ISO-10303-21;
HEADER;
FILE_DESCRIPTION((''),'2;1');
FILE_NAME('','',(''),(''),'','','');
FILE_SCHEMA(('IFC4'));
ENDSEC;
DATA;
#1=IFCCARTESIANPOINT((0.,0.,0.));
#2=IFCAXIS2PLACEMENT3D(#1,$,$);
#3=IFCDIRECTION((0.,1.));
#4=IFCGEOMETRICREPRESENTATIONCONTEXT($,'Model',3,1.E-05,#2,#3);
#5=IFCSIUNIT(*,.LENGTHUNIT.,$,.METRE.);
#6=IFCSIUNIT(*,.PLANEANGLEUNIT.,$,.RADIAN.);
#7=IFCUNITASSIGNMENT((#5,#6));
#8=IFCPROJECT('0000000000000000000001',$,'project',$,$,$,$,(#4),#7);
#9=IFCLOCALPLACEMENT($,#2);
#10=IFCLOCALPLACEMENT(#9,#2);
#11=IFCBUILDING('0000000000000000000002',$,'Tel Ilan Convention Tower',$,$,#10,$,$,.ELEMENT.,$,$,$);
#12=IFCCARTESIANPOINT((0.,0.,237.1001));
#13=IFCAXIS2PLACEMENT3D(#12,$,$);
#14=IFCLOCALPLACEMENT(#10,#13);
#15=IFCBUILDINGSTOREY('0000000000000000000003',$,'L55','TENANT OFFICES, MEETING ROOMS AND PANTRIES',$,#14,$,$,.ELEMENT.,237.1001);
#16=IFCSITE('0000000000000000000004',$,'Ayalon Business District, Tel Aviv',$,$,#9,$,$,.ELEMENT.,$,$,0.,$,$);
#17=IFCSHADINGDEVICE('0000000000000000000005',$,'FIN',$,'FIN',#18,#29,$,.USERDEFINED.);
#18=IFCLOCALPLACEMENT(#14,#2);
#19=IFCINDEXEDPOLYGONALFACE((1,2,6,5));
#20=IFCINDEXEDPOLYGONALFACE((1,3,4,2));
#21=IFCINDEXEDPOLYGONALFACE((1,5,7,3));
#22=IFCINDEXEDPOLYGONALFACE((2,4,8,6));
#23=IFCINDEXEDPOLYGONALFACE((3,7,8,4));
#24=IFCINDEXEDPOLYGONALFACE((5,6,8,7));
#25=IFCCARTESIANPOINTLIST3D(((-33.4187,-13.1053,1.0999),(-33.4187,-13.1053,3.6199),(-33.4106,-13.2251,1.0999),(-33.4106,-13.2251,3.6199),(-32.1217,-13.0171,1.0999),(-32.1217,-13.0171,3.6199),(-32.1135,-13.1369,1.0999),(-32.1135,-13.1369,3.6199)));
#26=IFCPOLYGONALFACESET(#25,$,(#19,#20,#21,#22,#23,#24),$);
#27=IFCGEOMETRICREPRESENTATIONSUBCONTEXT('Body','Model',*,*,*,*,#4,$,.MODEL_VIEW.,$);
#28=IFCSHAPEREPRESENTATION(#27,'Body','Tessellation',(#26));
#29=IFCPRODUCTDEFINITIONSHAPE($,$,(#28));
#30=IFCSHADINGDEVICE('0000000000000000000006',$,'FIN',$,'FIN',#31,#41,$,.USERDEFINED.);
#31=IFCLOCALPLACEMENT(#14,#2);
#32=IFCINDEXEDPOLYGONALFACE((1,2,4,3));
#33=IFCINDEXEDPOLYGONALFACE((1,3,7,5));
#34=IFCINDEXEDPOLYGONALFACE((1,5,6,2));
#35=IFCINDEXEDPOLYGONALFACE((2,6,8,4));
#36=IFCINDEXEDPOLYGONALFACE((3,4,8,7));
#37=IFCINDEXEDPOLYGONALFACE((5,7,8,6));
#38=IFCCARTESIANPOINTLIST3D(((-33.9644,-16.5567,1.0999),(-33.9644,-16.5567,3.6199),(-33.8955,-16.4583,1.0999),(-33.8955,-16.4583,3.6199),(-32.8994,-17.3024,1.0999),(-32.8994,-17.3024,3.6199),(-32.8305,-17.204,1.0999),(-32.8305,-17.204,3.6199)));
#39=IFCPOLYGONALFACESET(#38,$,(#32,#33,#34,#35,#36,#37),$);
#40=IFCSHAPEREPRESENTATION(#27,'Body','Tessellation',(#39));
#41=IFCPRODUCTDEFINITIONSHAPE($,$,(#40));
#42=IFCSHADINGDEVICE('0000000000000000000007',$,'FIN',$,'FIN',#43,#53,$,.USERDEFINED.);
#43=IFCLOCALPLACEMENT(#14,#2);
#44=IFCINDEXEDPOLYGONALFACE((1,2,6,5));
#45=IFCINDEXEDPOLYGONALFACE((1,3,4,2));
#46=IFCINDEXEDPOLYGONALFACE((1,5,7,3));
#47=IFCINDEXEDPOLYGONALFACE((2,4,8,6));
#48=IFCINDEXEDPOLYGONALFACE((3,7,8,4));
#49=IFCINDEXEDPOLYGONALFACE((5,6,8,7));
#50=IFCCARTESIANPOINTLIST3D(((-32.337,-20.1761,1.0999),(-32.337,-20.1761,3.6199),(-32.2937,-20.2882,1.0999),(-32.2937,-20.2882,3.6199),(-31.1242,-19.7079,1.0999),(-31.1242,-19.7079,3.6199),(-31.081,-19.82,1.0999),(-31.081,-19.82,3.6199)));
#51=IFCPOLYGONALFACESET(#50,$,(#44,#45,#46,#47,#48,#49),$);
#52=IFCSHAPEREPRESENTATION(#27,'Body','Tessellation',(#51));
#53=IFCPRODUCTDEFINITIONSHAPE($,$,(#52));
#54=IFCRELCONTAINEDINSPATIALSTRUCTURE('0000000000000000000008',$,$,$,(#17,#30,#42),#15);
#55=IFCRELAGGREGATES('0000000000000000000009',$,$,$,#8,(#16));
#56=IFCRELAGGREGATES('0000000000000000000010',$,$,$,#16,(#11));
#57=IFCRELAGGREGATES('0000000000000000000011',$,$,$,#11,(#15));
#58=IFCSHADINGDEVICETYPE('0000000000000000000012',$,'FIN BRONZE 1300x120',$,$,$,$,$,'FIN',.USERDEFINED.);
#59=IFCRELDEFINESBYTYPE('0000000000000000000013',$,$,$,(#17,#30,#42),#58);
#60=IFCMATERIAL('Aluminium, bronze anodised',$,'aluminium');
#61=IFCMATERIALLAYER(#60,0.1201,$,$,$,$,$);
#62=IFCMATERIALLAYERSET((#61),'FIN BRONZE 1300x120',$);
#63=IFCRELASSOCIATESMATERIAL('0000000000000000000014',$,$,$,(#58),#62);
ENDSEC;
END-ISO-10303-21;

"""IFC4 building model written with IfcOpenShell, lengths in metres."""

from ifc_helpers import new_model, si_unit, direction, frame, origin, origin_2d, place, context, subcontext, project, spatial, rectangle, extrude, material, layer, layer_set, type_object, element, save


model = new_model("IFC4")

# Units and contexts
model_context = context("Model", 3, precision=1e-05, world=origin(), true_north=direction((0.0, 1.0)))
body_context = subcontext(model_context, "Body", "Model", "MODEL_VIEW")
ifc_project = project(units=[si_unit("LENGTHUNIT", "METRE"), si_unit("PLANEANGLEUNIT", "RADIAN")], contexts=[model_context])

# Site, building, storey
site_placement = place(None, origin())
site = spatial("IfcSite", under=ifc_project, at=site_placement, Name="Ayalon Business District, Tel Aviv", CompositionType="ELEMENT", RefElevation=0.0)
building_placement = place(site_placement, origin())
building = spatial("IfcBuilding", under=site, at=building_placement, Name="Tel Ilan Convention Tower", CompositionType="ELEMENT")
storey_placement = place(building_placement, frame((0.0, 0.0, 237.1001)))
storey = spatial("IfcBuildingStorey", under=building, at=storey_placement, Name="L55", Description="TENANT OFFICES, MEETING ROOMS AND PANTRIES", CompositionType="ELEMENT", Elevation=237.1001)

# Shading devices
ifc_material_1 = material(Name="Aluminium, bronze anodised", Category="aluminium")
ifc_layer_1 = layer(ifc_material_1, 0.1201)
ifc_layer_set_1 = layer_set([ifc_layer_1], Name="FIN BRONZE 1300x120")
shading_device_type = type_object("IfcShadingDeviceType", Name="FIN BRONZE 1300x120", ElementType="FIN", PredefinedType="USERDEFINED", material=ifc_layer_set_1)
for number, where, z_axis, x_axis, name in (
    (1, (-32.7661, -13.1211, 1.0999), (0.0, 0.0, 1.0), (-0.997697, -0.067822, 0.0), "FIN"),
    (2, (-33.3975, -16.8804, 1.0999), (0.0, 0.0, 1.0), (-0.819152, 0.573576, 0.0), "FIN"),
    (3, (-31.709, -19.998, 1.0999), (0.0, 0.0, 1.0), (-0.932884, -0.360178, 0.0), "FIN"),
):
    element("IfcShadingDevice", number, at=place(storey_placement, frame(where, z_axis=z_axis, x_axis=x_axis)), inside=storey, type_object=shading_device_type, Name=name, ObjectType="FIN", PredefinedType="USERDEFINED", context=body_context, shape_type="SweptSolid", body=[
        extrude(rectangle(XDim=1.3, YDim=0.1201, at=origin_2d()), origin(), (0.0, 0.0, 1.0), 2.52),
    ])

save(model, "model.ifc")
